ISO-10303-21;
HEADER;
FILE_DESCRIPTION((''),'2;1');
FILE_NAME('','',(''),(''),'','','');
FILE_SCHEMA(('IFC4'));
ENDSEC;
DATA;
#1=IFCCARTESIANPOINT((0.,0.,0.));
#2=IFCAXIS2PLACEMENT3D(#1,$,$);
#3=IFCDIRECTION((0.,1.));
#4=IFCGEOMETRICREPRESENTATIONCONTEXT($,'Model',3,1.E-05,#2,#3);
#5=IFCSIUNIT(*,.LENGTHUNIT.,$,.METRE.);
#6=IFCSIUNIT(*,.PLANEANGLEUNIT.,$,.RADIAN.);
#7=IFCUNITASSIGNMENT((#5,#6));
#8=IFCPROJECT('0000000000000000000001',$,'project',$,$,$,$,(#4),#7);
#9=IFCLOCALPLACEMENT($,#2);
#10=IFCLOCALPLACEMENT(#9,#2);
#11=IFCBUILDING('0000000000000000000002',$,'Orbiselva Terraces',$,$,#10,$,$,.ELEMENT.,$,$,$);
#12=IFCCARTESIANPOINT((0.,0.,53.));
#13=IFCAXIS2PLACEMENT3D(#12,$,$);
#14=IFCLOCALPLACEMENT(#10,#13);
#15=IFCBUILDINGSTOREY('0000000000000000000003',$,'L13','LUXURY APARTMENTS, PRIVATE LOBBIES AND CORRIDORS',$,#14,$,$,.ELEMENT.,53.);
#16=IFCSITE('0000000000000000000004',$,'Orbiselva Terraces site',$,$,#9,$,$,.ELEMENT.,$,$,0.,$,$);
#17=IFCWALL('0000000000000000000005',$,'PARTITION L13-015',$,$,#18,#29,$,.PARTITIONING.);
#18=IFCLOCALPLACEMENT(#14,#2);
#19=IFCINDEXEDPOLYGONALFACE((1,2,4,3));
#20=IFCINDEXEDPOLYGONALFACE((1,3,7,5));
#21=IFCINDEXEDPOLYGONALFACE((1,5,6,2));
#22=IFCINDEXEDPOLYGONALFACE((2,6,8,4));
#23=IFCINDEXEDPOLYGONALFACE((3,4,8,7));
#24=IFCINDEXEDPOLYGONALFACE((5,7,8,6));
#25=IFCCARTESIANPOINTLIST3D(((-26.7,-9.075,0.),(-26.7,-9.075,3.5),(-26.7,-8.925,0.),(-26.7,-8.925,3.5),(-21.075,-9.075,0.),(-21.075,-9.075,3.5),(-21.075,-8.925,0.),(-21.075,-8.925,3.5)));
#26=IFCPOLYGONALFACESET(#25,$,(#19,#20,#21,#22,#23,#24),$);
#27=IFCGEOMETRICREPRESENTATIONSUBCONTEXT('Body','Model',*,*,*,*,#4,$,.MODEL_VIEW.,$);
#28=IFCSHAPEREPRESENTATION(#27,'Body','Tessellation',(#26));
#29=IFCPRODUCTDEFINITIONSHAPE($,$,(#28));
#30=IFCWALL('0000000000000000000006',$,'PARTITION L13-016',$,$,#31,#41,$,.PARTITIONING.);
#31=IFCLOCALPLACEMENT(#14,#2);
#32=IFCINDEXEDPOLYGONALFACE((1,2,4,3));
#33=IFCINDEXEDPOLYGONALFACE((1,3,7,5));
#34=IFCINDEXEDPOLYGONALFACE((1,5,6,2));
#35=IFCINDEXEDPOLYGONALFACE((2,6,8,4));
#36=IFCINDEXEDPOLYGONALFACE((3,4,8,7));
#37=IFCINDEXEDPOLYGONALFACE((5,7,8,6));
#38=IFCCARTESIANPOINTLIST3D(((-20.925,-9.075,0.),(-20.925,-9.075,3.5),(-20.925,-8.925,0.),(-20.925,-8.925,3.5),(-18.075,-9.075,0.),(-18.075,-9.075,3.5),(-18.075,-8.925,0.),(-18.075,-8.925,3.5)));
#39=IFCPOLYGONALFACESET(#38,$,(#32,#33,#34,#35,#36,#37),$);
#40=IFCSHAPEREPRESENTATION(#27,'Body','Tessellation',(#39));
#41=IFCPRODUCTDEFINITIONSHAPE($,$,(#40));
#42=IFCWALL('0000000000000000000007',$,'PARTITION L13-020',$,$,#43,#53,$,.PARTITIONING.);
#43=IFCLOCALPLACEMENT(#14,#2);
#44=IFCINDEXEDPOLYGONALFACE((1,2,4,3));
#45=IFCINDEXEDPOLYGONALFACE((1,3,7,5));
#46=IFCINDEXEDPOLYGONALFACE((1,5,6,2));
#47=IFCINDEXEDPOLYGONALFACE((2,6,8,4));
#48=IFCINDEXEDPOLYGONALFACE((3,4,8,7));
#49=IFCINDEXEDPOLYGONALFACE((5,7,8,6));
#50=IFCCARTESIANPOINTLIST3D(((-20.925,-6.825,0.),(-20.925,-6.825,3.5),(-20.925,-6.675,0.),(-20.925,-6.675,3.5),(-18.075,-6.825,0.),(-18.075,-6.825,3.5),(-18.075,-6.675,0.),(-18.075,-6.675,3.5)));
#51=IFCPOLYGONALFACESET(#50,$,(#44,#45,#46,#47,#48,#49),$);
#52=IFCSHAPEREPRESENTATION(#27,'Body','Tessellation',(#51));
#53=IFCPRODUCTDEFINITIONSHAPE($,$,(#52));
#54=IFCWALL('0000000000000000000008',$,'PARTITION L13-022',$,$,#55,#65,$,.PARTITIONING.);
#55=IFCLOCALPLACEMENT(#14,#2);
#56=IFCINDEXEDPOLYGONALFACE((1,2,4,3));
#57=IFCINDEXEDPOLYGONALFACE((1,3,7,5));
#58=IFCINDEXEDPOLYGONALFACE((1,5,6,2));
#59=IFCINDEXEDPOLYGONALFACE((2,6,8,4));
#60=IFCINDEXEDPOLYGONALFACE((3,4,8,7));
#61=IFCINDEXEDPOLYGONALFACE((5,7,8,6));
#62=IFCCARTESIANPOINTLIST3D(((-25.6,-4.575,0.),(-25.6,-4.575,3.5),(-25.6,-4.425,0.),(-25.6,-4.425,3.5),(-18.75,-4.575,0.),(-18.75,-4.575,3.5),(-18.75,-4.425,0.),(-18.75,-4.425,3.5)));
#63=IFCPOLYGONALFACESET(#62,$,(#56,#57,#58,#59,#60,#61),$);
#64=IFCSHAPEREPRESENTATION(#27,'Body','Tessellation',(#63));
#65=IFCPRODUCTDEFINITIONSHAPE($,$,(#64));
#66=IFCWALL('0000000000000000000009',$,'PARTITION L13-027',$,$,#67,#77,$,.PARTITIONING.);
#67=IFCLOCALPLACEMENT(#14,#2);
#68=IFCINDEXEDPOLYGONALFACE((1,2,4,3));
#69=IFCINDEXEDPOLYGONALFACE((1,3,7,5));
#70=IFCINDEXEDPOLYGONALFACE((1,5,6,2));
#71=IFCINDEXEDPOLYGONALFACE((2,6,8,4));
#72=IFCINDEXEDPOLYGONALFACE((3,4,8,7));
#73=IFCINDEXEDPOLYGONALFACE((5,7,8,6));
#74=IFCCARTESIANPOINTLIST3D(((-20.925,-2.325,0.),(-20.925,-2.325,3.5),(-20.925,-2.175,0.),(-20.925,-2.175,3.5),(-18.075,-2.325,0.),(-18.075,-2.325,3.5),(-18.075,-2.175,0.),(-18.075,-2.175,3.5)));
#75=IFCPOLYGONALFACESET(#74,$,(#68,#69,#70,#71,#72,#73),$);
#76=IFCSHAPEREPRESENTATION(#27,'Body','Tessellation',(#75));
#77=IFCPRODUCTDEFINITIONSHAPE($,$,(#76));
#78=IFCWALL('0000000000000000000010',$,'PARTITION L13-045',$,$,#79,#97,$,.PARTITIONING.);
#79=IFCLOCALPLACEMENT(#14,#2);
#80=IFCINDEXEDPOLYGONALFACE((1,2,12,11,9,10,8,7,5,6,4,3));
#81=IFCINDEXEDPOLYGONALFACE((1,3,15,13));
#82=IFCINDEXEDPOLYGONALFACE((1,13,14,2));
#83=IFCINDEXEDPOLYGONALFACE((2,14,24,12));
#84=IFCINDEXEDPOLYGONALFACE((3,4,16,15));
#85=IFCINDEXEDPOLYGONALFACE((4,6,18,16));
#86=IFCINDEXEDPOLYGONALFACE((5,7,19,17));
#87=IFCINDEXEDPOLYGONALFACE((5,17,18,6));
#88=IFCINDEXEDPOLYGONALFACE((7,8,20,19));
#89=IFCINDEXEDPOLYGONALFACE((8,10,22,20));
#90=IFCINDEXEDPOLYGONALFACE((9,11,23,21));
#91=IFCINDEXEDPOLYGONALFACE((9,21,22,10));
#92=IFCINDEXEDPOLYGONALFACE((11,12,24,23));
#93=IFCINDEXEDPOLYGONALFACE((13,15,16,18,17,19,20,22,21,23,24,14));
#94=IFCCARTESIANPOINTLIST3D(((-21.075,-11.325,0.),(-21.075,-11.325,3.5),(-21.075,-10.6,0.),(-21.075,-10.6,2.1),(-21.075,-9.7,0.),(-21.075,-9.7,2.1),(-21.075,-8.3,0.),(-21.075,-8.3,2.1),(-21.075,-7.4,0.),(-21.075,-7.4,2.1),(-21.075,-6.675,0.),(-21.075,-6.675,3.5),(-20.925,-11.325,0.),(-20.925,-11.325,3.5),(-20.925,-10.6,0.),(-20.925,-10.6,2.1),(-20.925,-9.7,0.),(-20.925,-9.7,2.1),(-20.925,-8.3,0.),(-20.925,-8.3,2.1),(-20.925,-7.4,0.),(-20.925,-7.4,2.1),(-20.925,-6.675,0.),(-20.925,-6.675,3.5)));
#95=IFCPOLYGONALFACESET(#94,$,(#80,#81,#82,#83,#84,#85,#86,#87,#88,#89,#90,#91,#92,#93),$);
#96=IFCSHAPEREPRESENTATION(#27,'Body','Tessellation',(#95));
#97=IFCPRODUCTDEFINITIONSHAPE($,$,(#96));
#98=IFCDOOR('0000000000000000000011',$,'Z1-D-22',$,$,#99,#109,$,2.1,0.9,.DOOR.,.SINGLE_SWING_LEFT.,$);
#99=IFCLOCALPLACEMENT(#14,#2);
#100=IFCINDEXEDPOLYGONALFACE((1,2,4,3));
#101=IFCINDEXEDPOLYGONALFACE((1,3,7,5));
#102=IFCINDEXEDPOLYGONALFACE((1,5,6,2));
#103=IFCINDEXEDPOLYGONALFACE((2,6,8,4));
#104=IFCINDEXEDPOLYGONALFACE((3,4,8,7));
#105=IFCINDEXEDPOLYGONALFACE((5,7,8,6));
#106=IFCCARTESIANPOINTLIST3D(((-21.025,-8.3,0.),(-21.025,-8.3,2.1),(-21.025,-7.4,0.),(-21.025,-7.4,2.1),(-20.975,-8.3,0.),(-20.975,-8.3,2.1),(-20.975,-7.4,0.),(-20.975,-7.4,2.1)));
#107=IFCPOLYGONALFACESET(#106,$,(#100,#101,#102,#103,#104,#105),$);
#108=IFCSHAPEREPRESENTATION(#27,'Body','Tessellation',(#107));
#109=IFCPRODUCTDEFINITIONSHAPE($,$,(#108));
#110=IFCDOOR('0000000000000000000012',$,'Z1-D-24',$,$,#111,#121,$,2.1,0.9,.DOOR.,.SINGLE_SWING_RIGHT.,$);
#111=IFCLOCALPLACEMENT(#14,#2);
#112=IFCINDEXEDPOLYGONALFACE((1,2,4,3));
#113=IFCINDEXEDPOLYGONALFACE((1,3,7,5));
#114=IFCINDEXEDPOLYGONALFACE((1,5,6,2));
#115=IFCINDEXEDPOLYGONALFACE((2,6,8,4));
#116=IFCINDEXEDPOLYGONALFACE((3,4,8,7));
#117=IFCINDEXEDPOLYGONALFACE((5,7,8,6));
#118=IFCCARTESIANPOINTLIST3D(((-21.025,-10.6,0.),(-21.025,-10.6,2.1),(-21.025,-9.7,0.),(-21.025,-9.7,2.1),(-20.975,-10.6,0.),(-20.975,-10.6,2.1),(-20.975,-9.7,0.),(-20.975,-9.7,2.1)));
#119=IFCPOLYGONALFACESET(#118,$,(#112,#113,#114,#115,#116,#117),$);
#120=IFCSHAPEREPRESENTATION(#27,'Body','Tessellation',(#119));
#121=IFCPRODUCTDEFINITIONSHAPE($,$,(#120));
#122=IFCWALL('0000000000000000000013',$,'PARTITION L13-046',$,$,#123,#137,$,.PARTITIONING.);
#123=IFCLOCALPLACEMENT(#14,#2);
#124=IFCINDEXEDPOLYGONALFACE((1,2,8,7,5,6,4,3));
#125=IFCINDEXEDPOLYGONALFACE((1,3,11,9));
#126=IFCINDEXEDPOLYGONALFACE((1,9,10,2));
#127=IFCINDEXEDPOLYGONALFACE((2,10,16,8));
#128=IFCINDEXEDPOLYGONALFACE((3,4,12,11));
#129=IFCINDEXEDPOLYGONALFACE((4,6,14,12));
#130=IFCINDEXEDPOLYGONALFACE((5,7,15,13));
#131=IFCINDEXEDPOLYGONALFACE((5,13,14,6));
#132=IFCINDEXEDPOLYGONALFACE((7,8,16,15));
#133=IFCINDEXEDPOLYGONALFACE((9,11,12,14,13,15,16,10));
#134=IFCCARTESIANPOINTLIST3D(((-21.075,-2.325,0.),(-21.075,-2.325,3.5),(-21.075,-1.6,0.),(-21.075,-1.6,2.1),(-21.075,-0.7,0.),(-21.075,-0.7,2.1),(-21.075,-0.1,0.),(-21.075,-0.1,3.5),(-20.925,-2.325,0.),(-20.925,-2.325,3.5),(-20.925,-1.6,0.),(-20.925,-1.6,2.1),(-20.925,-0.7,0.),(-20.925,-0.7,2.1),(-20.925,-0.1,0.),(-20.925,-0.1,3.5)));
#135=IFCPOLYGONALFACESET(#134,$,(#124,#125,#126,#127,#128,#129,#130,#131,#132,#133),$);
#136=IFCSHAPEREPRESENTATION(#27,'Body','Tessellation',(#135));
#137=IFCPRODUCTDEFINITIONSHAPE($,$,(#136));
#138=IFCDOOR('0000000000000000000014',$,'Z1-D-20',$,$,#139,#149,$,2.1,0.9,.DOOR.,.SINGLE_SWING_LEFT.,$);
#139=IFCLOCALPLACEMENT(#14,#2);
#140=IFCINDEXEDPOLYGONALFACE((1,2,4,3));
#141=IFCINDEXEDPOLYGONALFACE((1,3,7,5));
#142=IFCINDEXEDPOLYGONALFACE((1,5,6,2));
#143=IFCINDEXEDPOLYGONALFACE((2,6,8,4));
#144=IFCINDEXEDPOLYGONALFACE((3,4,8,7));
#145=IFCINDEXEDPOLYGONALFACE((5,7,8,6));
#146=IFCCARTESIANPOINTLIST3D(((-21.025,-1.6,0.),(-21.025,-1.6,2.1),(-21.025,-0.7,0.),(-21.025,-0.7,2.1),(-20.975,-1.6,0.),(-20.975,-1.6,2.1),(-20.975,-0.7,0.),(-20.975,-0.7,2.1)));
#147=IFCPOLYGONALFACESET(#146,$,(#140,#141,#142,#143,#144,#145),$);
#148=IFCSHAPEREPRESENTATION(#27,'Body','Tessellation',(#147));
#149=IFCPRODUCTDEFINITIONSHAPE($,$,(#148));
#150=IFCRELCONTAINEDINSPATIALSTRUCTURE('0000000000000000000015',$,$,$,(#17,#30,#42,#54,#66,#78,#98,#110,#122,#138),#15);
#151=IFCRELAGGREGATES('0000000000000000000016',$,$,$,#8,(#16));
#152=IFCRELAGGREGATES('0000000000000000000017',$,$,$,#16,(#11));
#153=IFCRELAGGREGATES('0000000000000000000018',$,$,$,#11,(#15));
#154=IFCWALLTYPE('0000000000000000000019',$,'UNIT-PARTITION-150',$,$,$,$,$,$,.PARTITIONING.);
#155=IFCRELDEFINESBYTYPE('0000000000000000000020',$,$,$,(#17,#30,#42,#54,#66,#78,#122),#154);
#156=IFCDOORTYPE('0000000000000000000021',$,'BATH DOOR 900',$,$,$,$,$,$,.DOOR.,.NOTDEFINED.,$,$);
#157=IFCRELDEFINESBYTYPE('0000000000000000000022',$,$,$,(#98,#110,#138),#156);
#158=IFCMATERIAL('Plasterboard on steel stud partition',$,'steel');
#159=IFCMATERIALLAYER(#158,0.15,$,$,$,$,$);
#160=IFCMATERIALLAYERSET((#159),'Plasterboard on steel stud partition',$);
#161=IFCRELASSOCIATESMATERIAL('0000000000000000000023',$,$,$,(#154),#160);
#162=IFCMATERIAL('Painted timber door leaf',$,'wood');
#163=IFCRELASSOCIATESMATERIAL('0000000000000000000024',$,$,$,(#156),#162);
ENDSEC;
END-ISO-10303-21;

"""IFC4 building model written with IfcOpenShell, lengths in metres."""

from ifc_helpers import new_model, si_unit, direction, frame, frame_2d, origin, place, context, subcontext, project, spatial, rectangle, extrude, material, layer, layer_set, type_object, element, fill, save


model = new_model("IFC4")

# Units and contexts
model_context = context("Model", 3, precision=1e-05, world=origin(), true_north=direction((0.0, 1.0)))
body_context = subcontext(model_context, "Body", "Model", "MODEL_VIEW")
ifc_project = project(units=[si_unit("LENGTHUNIT", "METRE"), si_unit("PLANEANGLEUNIT", "RADIAN")], contexts=[model_context])

# Site, building, storey
site_placement = place(None, origin())
site = spatial("IfcSite", under=ifc_project, at=site_placement, Name="Orbiselva Terraces site", CompositionType="ELEMENT", RefElevation=0.0)
building_placement = place(site_placement, origin())
building = spatial("IfcBuilding", under=site, at=building_placement, Name="Orbiselva Terraces", CompositionType="ELEMENT")
storey_placement = place(building_placement, frame((0.0, 0.0, 53.0)))
storey = spatial("IfcBuildingStorey", under=building, at=storey_placement, Name="L13", Description="LUXURY APARTMENTS, PRIVATE LOBBIES AND CORRIDORS", CompositionType="ELEMENT", Elevation=53.0)

# Walls
ifc_material_1 = material(Name="Plasterboard on steel stud partition", Category="steel")
ifc_layer_1 = layer(ifc_material_1, 0.15)
ifc_layer_set_1 = layer_set([ifc_layer_1], Name="Plasterboard on steel stud partition")
wall_type_1 = type_object("IfcWallType", Name="UNIT-PARTITION-150", PredefinedType="PARTITIONING", material=ifc_layer_set_1)
wall_1_placement = place(storey_placement, frame((-26.7, -9.0, 0.0), z_axis=(0.0, 0.0, 1.0), x_axis=(1.0, 0.0, 0.0)))
element("IfcWall", 1, at=wall_1_placement, inside=storey, type_object=wall_type_1, Name="PARTITION L13-015", PredefinedType="PARTITIONING", context=body_context, shape_type="SweptSolid", body=[
    extrude(rectangle(XDim=5.625, YDim=0.15, at=frame_2d((2.8125, 0.0))), origin(), (0.0, 0.0, 1.0), 3.5),
])
for number, where, z_axis, x_axis, name in (
    (2, (-20.925, -9.0, 0.0), (0.0, 0.0, 1.0), (1.0, 0.0, 0.0), "PARTITION L13-016"),
    (3, (-20.925, -6.75, 0.0), (0.0, 0.0, 1.0), (1.0, 0.0, 0.0), "PARTITION L13-020"),
):
    element("IfcWall", number, at=place(storey_placement, frame(where, z_axis=z_axis, x_axis=x_axis)), inside=storey, type_object=wall_type_1, Name=name, PredefinedType="PARTITIONING", context=body_context, shape_type="SweptSolid", body=[
        extrude(rectangle(XDim=2.85, YDim=0.15, at=frame_2d((1.425, 0.0))), origin(), (0.0, 0.0, 1.0), 3.5),
    ])
wall_2_placement = place(storey_placement, frame((-25.6, -4.5, 0.0), z_axis=(0.0, 0.0, 1.0), x_axis=(1.0, 0.0, 0.0)))
element("IfcWall", 4, at=wall_2_placement, inside=storey, type_object=wall_type_1, Name="PARTITION L13-022", PredefinedType="PARTITIONING", context=body_context, shape_type="SweptSolid", body=[
    extrude(rectangle(XDim=6.85, YDim=0.15, at=frame_2d((3.425, 0.0))), origin(), (0.0, 0.0, 1.0), 3.5),
])
wall_3_placement = place(storey_placement, frame((-20.925, -2.25, 0.0), z_axis=(0.0, 0.0, 1.0), x_axis=(1.0, 0.0, 0.0)))
element("IfcWall", 5, at=wall_3_placement, inside=storey, type_object=wall_type_1, Name="PARTITION L13-027", PredefinedType="PARTITIONING", context=body_context, shape_type="SweptSolid", body=[
    extrude(rectangle(XDim=2.85, YDim=0.15, at=frame_2d((1.425, 0.0))), origin(), (0.0, 0.0, 1.0), 3.5),
])

# Wall, openings, doors
wall_4_placement = place(storey_placement, frame((-21.0, -6.675, 0.0), z_axis=(0.0, 0.0, 1.0), x_axis=(0.0, -1.0, 0.0)))
wall_4 = element("IfcWall", 6, at=wall_4_placement, inside=storey, type_object=wall_type_1, Name="PARTITION L13-045", PredefinedType="PARTITIONING", context=body_context, shape_type="SweptSolid", body=[
    extrude(rectangle(XDim=4.65, YDim=0.15, at=frame_2d((2.325, 0.0))), origin(), (0.0, 0.0, 1.0), 3.5),
])
opening_1_placement = place(wall_4_placement, frame((0.725, 0.0, 0.0)))
opening_1 = element("IfcOpeningElement", 7, at=opening_1_placement, cuts=wall_4, PredefinedType="OPENING", context=body_context, shape_type="SweptSolid", body=[
    extrude(rectangle(XDim=0.9, YDim=2.1, at=frame_2d((0.45, 1.05))), frame((0.0, 0.085, 0.0), z_axis=(0.0, -1.0, 0.0), x_axis=(1.0, 0.0, 0.0)), (0.0, 0.0, 1.0), 0.17),
])
opening_2_placement = place(wall_4_placement, frame((3.025, 0.0, 0.0)))
opening_2 = element("IfcOpeningElement", 8, at=opening_2_placement, cuts=wall_4, PredefinedType="OPENING", context=body_context, shape_type="SweptSolid", body=[
    extrude(rectangle(XDim=0.9, YDim=2.1, at=frame_2d((0.45, 1.05))), frame((0.0, 0.085, 0.0), z_axis=(0.0, -1.0, 0.0), x_axis=(1.0, 0.0, 0.0)), (0.0, 0.0, 1.0), 0.17),
])
ifc_material_2 = material(Name="Painted timber door leaf", Category="wood")
door_type_1 = type_object("IfcDoorType", Name="BATH DOOR 900", OperationType="NOTDEFINED", PredefinedType="DOOR", material=ifc_material_2)
door_1_placement = place(opening_1_placement, origin())
door_1 = element("IfcDoor", 9, at=door_1_placement, inside=storey, type_object=door_type_1, Name="Z1-D-22", OperationType="SINGLE_SWING_LEFT", OverallHeight=2.1, OverallWidth=0.9, PredefinedType="DOOR", context=body_context, shape_type="SweptSolid", body=[
    extrude(rectangle(XDim=0.9, YDim=2.1, at=frame_2d((0.45, 1.05))), frame((0.0, 0.025, 0.0), z_axis=(0.0, -1.0, 0.0), x_axis=(1.0, 0.0, 0.0)), (0.0, 0.0, 1.0), 0.05),
])
fill(opening_1, door_1)
door_2_placement = place(opening_2_placement, origin())
door_2 = element("IfcDoor", 10, at=door_2_placement, inside=storey, type_object=door_type_1, Name="Z1-D-24", OperationType="SINGLE_SWING_RIGHT", OverallHeight=2.1, OverallWidth=0.9, PredefinedType="DOOR", context=body_context, shape_type="SweptSolid", body=[
    extrude(rectangle(XDim=0.9, YDim=2.1, at=frame_2d((0.45, 1.05))), frame((0.0, 0.025, 0.0), z_axis=(0.0, -1.0, 0.0), x_axis=(1.0, 0.0, 0.0)), (0.0, 0.0, 1.0), 0.05),
])
fill(opening_2, door_2)

# Wall, opening, door
wall_5_placement = place(storey_placement, frame((-21.0, -0.1, 0.0), z_axis=(0.0, 0.0, 1.0), x_axis=(0.0, -1.0, 0.0)))
wall_5 = element("IfcWall", 11, at=wall_5_placement, inside=storey, type_object=wall_type_1, Name="PARTITION L13-046", PredefinedType="PARTITIONING", context=body_context, shape_type="SweptSolid", body=[
    extrude(rectangle(XDim=2.225, YDim=0.15, at=frame_2d((1.1125, 0.0))), origin(), (0.0, 0.0, 1.0), 3.5),
])
opening_3_placement = place(wall_5_placement, frame((0.6, 0.0, 0.0)))
opening_3 = element("IfcOpeningElement", 12, at=opening_3_placement, cuts=wall_5, PredefinedType="OPENING", context=body_context, shape_type="SweptSolid", body=[
    extrude(rectangle(XDim=0.9, YDim=2.1, at=frame_2d((0.45, 1.05))), frame((0.0, 0.085, 0.0), z_axis=(0.0, -1.0, 0.0), x_axis=(1.0, 0.0, 0.0)), (0.0, 0.0, 1.0), 0.17),
])
door_3_placement = place(opening_3_placement, origin())
door_3 = element("IfcDoor", 13, at=door_3_placement, inside=storey, type_object=door_type_1, Name="Z1-D-20", OperationType="SINGLE_SWING_LEFT", OverallHeight=2.1, OverallWidth=0.9, PredefinedType="DOOR", context=body_context, shape_type="SweptSolid", body=[
    extrude(rectangle(XDim=0.9, YDim=2.1, at=frame_2d((0.45, 1.05))), frame((0.0, 0.025, 0.0), z_axis=(0.0, -1.0, 0.0), x_axis=(1.0, 0.0, 0.0)), (0.0, 0.0, 1.0), 0.05),
])
fill(opening_3, door_3)

save(model, "model.ifc")
